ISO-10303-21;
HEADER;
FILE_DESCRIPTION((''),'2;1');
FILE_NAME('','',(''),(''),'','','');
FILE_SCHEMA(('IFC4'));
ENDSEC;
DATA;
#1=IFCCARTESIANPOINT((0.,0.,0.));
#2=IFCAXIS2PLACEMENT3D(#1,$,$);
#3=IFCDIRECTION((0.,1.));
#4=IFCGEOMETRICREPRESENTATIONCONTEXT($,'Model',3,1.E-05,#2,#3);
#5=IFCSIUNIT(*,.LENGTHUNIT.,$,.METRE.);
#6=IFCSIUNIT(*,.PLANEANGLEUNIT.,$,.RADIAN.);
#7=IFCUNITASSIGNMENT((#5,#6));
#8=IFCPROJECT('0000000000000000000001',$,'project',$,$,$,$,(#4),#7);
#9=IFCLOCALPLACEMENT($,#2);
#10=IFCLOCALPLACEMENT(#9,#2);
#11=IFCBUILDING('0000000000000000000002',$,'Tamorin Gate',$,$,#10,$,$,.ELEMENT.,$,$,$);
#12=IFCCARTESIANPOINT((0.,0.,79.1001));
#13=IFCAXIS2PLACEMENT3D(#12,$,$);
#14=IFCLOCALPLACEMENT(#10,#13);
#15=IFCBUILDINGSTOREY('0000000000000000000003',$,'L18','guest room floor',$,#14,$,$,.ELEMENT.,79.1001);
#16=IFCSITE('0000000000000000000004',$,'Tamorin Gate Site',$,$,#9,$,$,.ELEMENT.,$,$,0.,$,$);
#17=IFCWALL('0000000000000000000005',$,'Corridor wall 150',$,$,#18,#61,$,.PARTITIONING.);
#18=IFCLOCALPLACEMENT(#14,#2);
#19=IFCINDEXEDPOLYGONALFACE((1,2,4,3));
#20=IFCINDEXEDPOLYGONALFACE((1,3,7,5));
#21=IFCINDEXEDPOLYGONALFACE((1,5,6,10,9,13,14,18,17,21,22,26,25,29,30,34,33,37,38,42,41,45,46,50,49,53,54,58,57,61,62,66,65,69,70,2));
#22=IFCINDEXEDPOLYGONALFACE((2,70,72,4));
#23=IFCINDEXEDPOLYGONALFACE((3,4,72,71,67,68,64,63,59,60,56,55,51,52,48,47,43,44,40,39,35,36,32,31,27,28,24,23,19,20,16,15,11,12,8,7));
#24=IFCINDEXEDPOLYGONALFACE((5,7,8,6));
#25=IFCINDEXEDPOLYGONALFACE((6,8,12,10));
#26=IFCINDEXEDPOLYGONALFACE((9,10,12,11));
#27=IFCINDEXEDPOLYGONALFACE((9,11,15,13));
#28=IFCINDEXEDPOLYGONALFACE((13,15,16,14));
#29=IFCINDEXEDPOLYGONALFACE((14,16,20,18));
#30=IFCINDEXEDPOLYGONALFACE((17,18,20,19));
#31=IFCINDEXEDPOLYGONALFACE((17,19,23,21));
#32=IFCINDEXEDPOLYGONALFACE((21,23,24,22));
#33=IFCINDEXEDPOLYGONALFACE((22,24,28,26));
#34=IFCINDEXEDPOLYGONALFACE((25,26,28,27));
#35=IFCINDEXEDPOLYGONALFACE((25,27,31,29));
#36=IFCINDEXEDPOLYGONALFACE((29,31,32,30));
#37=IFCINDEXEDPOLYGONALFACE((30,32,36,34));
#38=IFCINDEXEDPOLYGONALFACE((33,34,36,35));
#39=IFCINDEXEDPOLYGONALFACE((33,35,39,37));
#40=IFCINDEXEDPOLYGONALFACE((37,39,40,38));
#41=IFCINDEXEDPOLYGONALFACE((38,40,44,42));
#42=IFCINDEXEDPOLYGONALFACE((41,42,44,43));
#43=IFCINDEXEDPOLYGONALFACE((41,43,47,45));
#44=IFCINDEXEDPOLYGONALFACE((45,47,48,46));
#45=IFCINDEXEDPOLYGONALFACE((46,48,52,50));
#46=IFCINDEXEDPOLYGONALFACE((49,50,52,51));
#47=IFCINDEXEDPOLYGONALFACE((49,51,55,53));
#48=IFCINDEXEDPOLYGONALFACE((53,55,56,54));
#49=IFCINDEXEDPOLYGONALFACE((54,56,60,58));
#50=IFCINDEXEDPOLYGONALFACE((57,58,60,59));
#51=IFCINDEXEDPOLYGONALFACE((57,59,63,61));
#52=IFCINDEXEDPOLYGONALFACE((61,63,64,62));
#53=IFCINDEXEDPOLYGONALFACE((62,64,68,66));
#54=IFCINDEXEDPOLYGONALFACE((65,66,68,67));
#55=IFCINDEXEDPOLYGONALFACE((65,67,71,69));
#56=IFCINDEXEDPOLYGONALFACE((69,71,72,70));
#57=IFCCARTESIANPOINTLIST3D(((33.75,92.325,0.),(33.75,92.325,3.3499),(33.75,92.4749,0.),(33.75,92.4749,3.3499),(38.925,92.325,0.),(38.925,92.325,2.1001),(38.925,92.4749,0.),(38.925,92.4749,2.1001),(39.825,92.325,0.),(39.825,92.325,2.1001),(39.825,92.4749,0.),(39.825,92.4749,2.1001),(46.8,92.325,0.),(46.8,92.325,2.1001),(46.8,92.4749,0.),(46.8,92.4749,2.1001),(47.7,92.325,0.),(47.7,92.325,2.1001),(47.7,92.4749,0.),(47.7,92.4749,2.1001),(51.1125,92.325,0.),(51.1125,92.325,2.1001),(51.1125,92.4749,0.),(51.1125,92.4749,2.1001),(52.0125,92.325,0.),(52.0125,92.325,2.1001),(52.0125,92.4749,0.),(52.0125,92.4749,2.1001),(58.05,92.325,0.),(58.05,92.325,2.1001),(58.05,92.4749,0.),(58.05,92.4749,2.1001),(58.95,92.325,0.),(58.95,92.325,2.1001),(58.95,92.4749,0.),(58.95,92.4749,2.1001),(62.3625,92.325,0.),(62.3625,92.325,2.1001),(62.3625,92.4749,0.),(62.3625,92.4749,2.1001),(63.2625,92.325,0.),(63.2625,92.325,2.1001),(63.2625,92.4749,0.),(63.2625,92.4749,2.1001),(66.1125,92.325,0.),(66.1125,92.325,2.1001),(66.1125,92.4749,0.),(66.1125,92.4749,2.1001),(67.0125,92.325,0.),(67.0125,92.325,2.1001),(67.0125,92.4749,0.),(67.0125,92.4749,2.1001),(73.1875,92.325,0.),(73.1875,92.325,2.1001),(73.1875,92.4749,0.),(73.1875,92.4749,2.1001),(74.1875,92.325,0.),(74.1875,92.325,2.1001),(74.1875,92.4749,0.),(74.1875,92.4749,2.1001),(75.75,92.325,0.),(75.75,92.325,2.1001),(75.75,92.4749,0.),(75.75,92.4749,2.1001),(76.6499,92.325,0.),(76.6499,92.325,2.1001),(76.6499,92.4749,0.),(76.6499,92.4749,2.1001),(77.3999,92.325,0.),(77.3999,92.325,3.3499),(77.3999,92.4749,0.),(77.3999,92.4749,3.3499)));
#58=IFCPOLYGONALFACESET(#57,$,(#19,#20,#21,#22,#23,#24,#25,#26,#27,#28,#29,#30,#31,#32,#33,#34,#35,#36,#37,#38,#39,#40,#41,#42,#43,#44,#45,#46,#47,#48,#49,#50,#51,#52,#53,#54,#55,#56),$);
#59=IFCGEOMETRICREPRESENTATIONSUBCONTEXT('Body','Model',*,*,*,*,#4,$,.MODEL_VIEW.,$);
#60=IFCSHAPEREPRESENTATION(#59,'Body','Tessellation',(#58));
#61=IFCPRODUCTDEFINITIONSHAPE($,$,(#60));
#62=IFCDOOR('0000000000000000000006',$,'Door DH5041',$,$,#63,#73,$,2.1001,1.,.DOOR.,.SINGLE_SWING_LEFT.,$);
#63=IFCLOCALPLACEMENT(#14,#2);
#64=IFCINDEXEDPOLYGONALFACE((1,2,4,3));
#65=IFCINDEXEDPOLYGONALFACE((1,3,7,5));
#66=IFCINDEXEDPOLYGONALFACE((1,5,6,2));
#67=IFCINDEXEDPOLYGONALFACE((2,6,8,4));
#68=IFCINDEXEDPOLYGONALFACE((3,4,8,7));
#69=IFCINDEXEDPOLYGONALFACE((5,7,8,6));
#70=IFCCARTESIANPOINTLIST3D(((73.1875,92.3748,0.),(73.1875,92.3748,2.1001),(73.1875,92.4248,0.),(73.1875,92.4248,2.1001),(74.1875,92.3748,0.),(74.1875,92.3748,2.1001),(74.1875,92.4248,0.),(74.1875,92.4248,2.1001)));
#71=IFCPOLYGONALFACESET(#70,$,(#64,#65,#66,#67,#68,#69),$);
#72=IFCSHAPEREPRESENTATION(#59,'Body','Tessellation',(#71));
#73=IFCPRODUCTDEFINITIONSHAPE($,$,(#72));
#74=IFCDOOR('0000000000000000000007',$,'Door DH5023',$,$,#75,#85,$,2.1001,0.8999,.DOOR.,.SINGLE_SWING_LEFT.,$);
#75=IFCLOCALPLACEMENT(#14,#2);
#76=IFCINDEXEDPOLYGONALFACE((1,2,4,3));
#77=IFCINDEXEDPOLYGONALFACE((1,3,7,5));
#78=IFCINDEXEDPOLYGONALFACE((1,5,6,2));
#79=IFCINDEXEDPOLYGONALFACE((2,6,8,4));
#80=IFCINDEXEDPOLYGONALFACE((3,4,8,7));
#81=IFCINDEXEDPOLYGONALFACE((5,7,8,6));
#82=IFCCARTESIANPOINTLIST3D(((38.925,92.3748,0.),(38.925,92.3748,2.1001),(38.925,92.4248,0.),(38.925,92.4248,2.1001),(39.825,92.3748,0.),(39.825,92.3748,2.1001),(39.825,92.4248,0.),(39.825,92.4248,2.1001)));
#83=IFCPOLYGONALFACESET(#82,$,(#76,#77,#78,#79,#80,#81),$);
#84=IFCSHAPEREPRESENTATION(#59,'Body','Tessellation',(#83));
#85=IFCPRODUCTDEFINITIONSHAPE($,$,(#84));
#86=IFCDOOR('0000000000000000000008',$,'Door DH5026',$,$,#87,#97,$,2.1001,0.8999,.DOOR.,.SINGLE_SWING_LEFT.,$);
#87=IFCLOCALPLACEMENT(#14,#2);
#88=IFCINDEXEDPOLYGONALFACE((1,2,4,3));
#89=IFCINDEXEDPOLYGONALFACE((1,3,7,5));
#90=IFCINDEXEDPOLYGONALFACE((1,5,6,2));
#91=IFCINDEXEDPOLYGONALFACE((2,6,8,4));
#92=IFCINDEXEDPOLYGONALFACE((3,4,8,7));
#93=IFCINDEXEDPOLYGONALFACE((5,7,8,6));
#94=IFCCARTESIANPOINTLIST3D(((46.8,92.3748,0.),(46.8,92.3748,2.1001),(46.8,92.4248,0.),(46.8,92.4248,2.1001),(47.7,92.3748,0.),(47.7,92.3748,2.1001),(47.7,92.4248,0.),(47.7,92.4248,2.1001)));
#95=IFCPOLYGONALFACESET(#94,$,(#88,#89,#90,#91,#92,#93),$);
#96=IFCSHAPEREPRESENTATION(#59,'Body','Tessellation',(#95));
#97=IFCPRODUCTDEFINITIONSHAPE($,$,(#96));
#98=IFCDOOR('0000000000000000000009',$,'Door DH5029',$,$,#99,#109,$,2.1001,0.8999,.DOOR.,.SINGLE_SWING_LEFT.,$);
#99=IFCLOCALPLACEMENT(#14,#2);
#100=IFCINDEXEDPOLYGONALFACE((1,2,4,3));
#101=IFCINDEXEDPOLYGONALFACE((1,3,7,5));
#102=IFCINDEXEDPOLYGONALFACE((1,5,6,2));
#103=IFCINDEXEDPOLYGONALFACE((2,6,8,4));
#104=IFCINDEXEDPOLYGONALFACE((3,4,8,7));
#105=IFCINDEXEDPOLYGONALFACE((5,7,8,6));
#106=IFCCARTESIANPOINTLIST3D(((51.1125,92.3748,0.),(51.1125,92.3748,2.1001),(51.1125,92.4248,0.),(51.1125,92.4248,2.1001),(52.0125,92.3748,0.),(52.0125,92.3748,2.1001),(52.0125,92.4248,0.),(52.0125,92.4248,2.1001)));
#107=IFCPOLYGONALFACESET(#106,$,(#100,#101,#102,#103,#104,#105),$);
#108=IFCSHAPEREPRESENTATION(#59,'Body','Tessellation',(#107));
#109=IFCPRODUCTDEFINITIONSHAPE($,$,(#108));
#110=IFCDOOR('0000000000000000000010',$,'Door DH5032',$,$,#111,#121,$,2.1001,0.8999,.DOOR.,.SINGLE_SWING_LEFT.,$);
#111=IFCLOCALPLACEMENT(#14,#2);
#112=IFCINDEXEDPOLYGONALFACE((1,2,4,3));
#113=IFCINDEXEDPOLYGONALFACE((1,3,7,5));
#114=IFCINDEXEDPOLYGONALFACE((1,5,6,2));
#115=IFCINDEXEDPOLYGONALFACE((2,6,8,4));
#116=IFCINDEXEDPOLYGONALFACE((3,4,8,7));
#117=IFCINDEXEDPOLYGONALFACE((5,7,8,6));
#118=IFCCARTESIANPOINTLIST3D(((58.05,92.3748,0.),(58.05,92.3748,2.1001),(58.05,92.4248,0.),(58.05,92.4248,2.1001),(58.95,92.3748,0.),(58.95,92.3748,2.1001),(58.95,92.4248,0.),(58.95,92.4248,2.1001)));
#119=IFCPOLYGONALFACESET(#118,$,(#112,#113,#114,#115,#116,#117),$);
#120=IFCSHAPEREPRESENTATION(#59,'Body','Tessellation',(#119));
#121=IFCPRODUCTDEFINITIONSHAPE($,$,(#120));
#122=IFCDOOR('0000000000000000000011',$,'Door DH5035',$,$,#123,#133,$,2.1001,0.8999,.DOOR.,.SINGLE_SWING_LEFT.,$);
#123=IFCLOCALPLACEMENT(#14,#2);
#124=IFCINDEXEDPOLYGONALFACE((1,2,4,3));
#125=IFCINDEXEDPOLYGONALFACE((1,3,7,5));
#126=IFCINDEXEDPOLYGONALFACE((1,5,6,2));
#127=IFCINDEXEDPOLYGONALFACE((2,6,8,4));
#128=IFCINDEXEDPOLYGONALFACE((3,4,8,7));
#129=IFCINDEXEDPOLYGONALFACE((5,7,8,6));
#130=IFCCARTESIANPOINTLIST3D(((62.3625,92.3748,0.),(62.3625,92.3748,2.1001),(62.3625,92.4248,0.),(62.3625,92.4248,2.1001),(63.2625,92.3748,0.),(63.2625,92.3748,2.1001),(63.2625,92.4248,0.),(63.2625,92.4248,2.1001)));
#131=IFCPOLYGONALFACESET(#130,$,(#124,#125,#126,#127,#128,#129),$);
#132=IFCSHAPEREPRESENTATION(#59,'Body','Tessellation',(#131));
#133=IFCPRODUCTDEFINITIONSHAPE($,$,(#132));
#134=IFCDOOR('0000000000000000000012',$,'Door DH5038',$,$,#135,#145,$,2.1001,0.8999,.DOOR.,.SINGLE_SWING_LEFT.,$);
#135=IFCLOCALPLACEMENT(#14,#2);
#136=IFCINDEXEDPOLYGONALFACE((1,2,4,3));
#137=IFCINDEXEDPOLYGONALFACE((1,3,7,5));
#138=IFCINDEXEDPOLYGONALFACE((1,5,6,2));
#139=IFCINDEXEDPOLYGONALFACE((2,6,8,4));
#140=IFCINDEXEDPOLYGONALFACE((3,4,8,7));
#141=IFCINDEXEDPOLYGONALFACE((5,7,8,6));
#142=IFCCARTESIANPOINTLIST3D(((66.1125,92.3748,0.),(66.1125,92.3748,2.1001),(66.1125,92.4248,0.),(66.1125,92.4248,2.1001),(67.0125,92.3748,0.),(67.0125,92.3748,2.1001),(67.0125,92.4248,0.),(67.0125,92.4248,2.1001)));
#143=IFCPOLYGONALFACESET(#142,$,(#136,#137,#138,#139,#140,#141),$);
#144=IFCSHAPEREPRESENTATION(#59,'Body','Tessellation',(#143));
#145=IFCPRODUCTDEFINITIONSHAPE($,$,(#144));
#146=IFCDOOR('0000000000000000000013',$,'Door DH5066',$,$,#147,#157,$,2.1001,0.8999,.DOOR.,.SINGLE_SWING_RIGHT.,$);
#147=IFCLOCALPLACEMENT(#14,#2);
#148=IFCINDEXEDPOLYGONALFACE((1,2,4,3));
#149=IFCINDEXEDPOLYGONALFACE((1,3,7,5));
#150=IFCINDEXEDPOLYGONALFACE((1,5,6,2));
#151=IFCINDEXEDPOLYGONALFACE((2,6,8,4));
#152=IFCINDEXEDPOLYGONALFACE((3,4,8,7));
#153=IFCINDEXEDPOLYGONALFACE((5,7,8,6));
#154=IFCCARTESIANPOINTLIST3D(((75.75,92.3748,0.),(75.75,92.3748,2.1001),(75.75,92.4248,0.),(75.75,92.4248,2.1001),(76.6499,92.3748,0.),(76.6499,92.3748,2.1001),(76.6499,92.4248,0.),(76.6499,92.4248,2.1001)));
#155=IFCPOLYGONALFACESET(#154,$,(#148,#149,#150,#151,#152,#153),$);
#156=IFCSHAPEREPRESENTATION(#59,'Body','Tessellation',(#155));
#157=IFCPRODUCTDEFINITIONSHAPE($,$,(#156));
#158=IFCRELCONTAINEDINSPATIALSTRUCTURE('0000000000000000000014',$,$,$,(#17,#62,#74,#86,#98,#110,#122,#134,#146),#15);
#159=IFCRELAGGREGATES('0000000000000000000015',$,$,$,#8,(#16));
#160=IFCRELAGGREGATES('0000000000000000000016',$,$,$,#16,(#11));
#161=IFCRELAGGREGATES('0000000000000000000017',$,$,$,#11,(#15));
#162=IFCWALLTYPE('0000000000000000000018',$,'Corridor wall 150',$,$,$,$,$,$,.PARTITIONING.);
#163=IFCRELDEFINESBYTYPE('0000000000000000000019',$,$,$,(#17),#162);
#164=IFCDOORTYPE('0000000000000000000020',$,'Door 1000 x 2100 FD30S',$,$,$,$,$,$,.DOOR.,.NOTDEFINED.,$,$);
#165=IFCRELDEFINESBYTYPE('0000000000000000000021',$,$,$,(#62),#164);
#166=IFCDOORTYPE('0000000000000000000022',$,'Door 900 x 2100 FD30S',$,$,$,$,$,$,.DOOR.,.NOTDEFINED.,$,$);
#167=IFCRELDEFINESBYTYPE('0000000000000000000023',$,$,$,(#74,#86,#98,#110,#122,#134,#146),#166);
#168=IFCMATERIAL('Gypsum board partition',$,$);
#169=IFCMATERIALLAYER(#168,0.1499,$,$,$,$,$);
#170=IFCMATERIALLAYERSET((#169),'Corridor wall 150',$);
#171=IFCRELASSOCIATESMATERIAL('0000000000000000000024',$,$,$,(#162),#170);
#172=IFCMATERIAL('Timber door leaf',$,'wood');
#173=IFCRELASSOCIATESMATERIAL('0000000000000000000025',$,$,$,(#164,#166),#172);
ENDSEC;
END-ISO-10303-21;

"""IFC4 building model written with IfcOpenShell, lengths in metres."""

from ifc_helpers import new_model, si_unit, direction, frame, frame_2d, origin, place, context, subcontext, project, spatial, rectangle, extrude, material, layer, layer_set, type_object, element, fill, save


model = new_model("IFC4")

# Units and contexts
model_context = context("Model", 3, precision=1e-05, world=origin(), true_north=direction((0.0, 1.0)))
body_context = subcontext(model_context, "Body", "Model", "MODEL_VIEW")
ifc_project = project(units=[si_unit("LENGTHUNIT", "METRE"), si_unit("PLANEANGLEUNIT", "RADIAN")], contexts=[model_context])

# Site, building, storey
site_placement = place(None, origin())
site = spatial("IfcSite", under=ifc_project, at=site_placement, Name="Tamorin Gate Site", CompositionType="ELEMENT", RefElevation=0.0)
building_placement = place(site_placement, origin())
building = spatial("IfcBuilding", under=site, at=building_placement, Name="Tamorin Gate", CompositionType="ELEMENT")
storey_placement = place(building_placement, frame((0.0, 0.0, 79.1001)))
storey = spatial("IfcBuildingStorey", under=building, at=storey_placement, Name="L18", Description="guest room floor", CompositionType="ELEMENT", Elevation=79.1001)

# Wall, openings, doors
ifc_material_1 = material(Name="Gypsum board partition")
ifc_layer_1 = layer(ifc_material_1, 0.1499)
ifc_layer_set_1 = layer_set([ifc_layer_1], Name="Corridor wall 150")
wall_type_1 = type_object("IfcWallType", Name="Corridor wall 150", PredefinedType="PARTITIONING", material=ifc_layer_set_1)
wall_1_placement = place(storey_placement, frame((33.75, 92.3999, 0.0), z_axis=(0.0, 0.0, 1.0), x_axis=(1.0, 0.0, 0.0)))
wall_1 = element("IfcWall", 1, at=wall_1_placement, inside=storey, type_object=wall_type_1, Name="Corridor wall 150", PredefinedType="PARTITIONING", context=body_context, shape_type="SweptSolid", body=[
    extrude(rectangle(XDim=43.6499, YDim=0.1499, at=frame_2d((21.825, 0.0))), origin(), (0.0, 0.0, 1.0), 3.3499),
])
opening_1_placement = place(wall_1_placement, frame((5.175, 0.0, 0.0)))
opening_1 = element("IfcOpeningElement", 2, at=opening_1_placement, cuts=wall_1, PredefinedType="OPENING", context=body_context, shape_type="SweptSolid", body=[
    extrude(rectangle(XDim=0.8999, YDim=2.1001, at=frame_2d((0.45, 1.05))), frame((0.0, 0.085, 0.0), z_axis=(0.0, -1.0, 0.0), x_axis=(1.0, 0.0, 0.0)), (0.0, 0.0, 1.0), 0.1699),
])
opening_2_placement = place(wall_1_placement, frame((13.05, 0.0, 0.0)))
opening_2 = element("IfcOpeningElement", 3, at=opening_2_placement, cuts=wall_1, PredefinedType="OPENING", context=body_context, shape_type="SweptSolid", body=[
    extrude(rectangle(XDim=0.8999, YDim=2.1001, at=frame_2d((0.45, 1.05))), frame((0.0, 0.085, 0.0), z_axis=(0.0, -1.0, 0.0), x_axis=(1.0, 0.0, 0.0)), (0.0, 0.0, 1.0), 0.1699),
])
opening_3_placement = place(wall_1_placement, frame((17.3625, 0.0, 0.0)))
opening_3 = element("IfcOpeningElement", 4, at=opening_3_placement, cuts=wall_1, PredefinedType="OPENING", context=body_context, shape_type="SweptSolid", body=[
    extrude(rectangle(XDim=0.8999, YDim=2.1001, at=frame_2d((0.45, 1.05))), frame((0.0, 0.085, 0.0), z_axis=(0.0, -1.0, 0.0), x_axis=(1.0, 0.0, 0.0)), (0.0, 0.0, 1.0), 0.1699),
])
opening_4_placement = place(wall_1_placement, frame((24.3, 0.0, 0.0)))
opening_4 = element("IfcOpeningElement", 5, at=opening_4_placement, cuts=wall_1, PredefinedType="OPENING", context=body_context, shape_type="SweptSolid", body=[
    extrude(rectangle(XDim=0.8999, YDim=2.1001, at=frame_2d((0.45, 1.05))), frame((0.0, 0.085, 0.0), z_axis=(0.0, -1.0, 0.0), x_axis=(1.0, 0.0, 0.0)), (0.0, 0.0, 1.0), 0.1699),
])
opening_5_placement = place(wall_1_placement, frame((28.6125, 0.0, 0.0)))
opening_5 = element("IfcOpeningElement", 6, at=opening_5_placement, cuts=wall_1, PredefinedType="OPENING", context=body_context, shape_type="SweptSolid", body=[
    extrude(rectangle(XDim=0.8999, YDim=2.1001, at=frame_2d((0.45, 1.05))), frame((0.0, 0.085, 0.0), z_axis=(0.0, -1.0, 0.0), x_axis=(1.0, 0.0, 0.0)), (0.0, 0.0, 1.0), 0.1699),
])
opening_6_placement = place(wall_1_placement, frame((32.3625, 0.0, 0.0)))
opening_6 = element("IfcOpeningElement", 7, at=opening_6_placement, cuts=wall_1, PredefinedType="OPENING", context=body_context, shape_type="SweptSolid", body=[
    extrude(rectangle(XDim=0.8999, YDim=2.1001, at=frame_2d((0.45, 1.05))), frame((0.0, 0.085, 0.0), z_axis=(0.0, -1.0, 0.0), x_axis=(1.0, 0.0, 0.0)), (0.0, 0.0, 1.0), 0.1699),
])
opening_7_placement = place(wall_1_placement, frame((39.4375, 0.0, 0.0)))
opening_7 = element("IfcOpeningElement", 8, at=opening_7_placement, cuts=wall_1, PredefinedType="OPENING", context=body_context, shape_type="SweptSolid", body=[
    extrude(rectangle(XDim=1.0, YDim=2.1001, at=frame_2d((0.5, 1.05))), frame((0.0, 0.085, 0.0), z_axis=(0.0, -1.0, 0.0), x_axis=(1.0, 0.0, 0.0)), (0.0, 0.0, 1.0), 0.1699),
])
opening_8_placement = place(wall_1_placement, frame((42.0, 0.0, 0.0)))
opening_8 = element("IfcOpeningElement", 9, at=opening_8_placement, cuts=wall_1, PredefinedType="OPENING", context=body_context, shape_type="SweptSolid", body=[
    extrude(rectangle(XDim=0.8999, YDim=2.1001, at=frame_2d((0.45, 1.05))), frame((0.0, 0.085, 0.0), z_axis=(0.0, -1.0, 0.0), x_axis=(1.0, 0.0, 0.0)), (0.0, 0.0, 1.0), 0.1699),
])
ifc_material_2 = material(Name="Timber door leaf", Category="wood")
door_type_1 = type_object("IfcDoorType", Name="Door 1000 x 2100 FD30S", OperationType="NOTDEFINED", PredefinedType="DOOR", material=ifc_material_2)
door_1_placement = place(opening_7_placement, origin())
door_1 = element("IfcDoor", 10, at=door_1_placement, inside=storey, type_object=door_type_1, Name="Door DH5041", OperationType="SINGLE_SWING_LEFT", OverallHeight=2.1001, OverallWidth=1.0, PredefinedType="DOOR", context=body_context, shape_type="SweptSolid", body=[
    extrude(rectangle(XDim=1.0, YDim=2.1001, at=frame_2d((0.5, 1.05))), frame((0.0, 0.0249, 0.0), z_axis=(0.0, -1.0, 0.0), x_axis=(1.0, 0.0, 0.0)), (0.0, 0.0, 1.0), 0.05),
])
fill(opening_7, door_1)
door_type_2 = type_object("IfcDoorType", Name="Door 900 x 2100 FD30S", OperationType="NOTDEFINED", PredefinedType="DOOR", material=ifc_material_2)
door_2_placement = place(opening_1_placement, origin())
door_2 = element("IfcDoor", 11, at=door_2_placement, inside=storey, type_object=door_type_2, Name="Door DH5023", OperationType="SINGLE_SWING_LEFT", OverallHeight=2.1001, OverallWidth=0.8999, PredefinedType="DOOR", context=body_context, shape_type="SweptSolid", body=[
    extrude(rectangle(XDim=0.8999, YDim=2.1001, at=frame_2d((0.45, 1.05))), frame((0.0, 0.0249, 0.0), z_axis=(0.0, -1.0, 0.0), x_axis=(1.0, 0.0, 0.0)), (0.0, 0.0, 1.0), 0.05),
])
fill(opening_1, door_2)
door_3_placement = place(opening_2_placement, origin())
door_3 = element("IfcDoor", 12, at=door_3_placement, inside=storey, type_object=door_type_2, Name="Door DH5026", OperationType="SINGLE_SWING_LEFT", OverallHeight=2.1001, OverallWidth=0.8999, PredefinedType="DOOR", context=body_context, shape_type="SweptSolid", body=[
    extrude(rectangle(XDim=0.8999, YDim=2.1001, at=frame_2d((0.45, 1.05))), frame((0.0, 0.0249, 0.0), z_axis=(0.0, -1.0, 0.0), x_axis=(1.0, 0.0, 0.0)), (0.0, 0.0, 1.0), 0.05),
])
fill(opening_2, door_3)
door_4_placement = place(opening_3_placement, origin())
door_4 = element("IfcDoor", 13, at=door_4_placement, inside=storey, type_object=door_type_2, Name="Door DH5029", OperationType="SINGLE_SWING_LEFT", OverallHeight=2.1001, OverallWidth=0.8999, PredefinedType="DOOR", context=body_context, shape_type="SweptSolid", body=[
    extrude(rectangle(XDim=0.8999, YDim=2.1001, at=frame_2d((0.45, 1.05))), frame((0.0, 0.0249, 0.0), z_axis=(0.0, -1.0, 0.0), x_axis=(1.0, 0.0, 0.0)), (0.0, 0.0, 1.0), 0.05),
])
fill(opening_3, door_4)
door_5_placement = place(opening_4_placement, origin())
door_5 = element("IfcDoor", 14, at=door_5_placement, inside=storey, type_object=door_type_2, Name="Door DH5032", OperationType="SINGLE_SWING_LEFT", OverallHeight=2.1001, OverallWidth=0.8999, PredefinedType="DOOR", context=body_context, shape_type="SweptSolid", body=[
    extrude(rectangle(XDim=0.8999, YDim=2.1001, at=frame_2d((0.45, 1.05))), frame((0.0, 0.0249, 0.0), z_axis=(0.0, -1.0, 0.0), x_axis=(1.0, 0.0, 0.0)), (0.0, 0.0, 1.0), 0.05),
])
fill(opening_4, door_5)
door_6_placement = place(opening_5_placement, origin())
door_6 = element("IfcDoor", 15, at=door_6_placement, inside=storey, type_object=door_type_2, Name="Door DH5035", OperationType="SINGLE_SWING_LEFT", OverallHeight=2.1001, OverallWidth=0.8999, PredefinedType="DOOR", context=body_context, shape_type="SweptSolid", body=[
    extrude(rectangle(XDim=0.8999, YDim=2.1001, at=frame_2d((0.45, 1.05))), frame((0.0, 0.0249, 0.0), z_axis=(0.0, -1.0, 0.0), x_axis=(1.0, 0.0, 0.0)), (0.0, 0.0, 1.0), 0.05),
])
fill(opening_5, door_6)
door_7_placement = place(opening_6_placement, origin())
door_7 = element("IfcDoor", 16, at=door_7_placement, inside=storey, type_object=door_type_2, Name="Door DH5038", OperationType="SINGLE_SWING_LEFT", OverallHeight=2.1001, OverallWidth=0.8999, PredefinedType="DOOR", context=body_context, shape_type="SweptSolid", body=[
    extrude(rectangle(XDim=0.8999, YDim=2.1001, at=frame_2d((0.45, 1.05))), frame((0.0, 0.0249, 0.0), z_axis=(0.0, -1.0, 0.0), x_axis=(1.0, 0.0, 0.0)), (0.0, 0.0, 1.0), 0.05),
])
fill(opening_6, door_7)
door_8_placement = place(opening_8_placement, origin())
door_8 = element("IfcDoor", 17, at=door_8_placement, inside=storey, type_object=door_type_2, Name="Door DH5066", OperationType="SINGLE_SWING_RIGHT", OverallHeight=2.1001, OverallWidth=0.8999, PredefinedType="DOOR", context=body_context, shape_type="SweptSolid", body=[
    extrude(rectangle(XDim=0.8999, YDim=2.1001, at=frame_2d((0.45, 1.05))), frame((0.0, 0.0249, 0.0), z_axis=(0.0, -1.0, 0.0), x_axis=(1.0, 0.0, 0.0)), (0.0, 0.0, 1.0), 0.05),
])
fill(opening_8, door_8)

save(model, "model.ifc")
